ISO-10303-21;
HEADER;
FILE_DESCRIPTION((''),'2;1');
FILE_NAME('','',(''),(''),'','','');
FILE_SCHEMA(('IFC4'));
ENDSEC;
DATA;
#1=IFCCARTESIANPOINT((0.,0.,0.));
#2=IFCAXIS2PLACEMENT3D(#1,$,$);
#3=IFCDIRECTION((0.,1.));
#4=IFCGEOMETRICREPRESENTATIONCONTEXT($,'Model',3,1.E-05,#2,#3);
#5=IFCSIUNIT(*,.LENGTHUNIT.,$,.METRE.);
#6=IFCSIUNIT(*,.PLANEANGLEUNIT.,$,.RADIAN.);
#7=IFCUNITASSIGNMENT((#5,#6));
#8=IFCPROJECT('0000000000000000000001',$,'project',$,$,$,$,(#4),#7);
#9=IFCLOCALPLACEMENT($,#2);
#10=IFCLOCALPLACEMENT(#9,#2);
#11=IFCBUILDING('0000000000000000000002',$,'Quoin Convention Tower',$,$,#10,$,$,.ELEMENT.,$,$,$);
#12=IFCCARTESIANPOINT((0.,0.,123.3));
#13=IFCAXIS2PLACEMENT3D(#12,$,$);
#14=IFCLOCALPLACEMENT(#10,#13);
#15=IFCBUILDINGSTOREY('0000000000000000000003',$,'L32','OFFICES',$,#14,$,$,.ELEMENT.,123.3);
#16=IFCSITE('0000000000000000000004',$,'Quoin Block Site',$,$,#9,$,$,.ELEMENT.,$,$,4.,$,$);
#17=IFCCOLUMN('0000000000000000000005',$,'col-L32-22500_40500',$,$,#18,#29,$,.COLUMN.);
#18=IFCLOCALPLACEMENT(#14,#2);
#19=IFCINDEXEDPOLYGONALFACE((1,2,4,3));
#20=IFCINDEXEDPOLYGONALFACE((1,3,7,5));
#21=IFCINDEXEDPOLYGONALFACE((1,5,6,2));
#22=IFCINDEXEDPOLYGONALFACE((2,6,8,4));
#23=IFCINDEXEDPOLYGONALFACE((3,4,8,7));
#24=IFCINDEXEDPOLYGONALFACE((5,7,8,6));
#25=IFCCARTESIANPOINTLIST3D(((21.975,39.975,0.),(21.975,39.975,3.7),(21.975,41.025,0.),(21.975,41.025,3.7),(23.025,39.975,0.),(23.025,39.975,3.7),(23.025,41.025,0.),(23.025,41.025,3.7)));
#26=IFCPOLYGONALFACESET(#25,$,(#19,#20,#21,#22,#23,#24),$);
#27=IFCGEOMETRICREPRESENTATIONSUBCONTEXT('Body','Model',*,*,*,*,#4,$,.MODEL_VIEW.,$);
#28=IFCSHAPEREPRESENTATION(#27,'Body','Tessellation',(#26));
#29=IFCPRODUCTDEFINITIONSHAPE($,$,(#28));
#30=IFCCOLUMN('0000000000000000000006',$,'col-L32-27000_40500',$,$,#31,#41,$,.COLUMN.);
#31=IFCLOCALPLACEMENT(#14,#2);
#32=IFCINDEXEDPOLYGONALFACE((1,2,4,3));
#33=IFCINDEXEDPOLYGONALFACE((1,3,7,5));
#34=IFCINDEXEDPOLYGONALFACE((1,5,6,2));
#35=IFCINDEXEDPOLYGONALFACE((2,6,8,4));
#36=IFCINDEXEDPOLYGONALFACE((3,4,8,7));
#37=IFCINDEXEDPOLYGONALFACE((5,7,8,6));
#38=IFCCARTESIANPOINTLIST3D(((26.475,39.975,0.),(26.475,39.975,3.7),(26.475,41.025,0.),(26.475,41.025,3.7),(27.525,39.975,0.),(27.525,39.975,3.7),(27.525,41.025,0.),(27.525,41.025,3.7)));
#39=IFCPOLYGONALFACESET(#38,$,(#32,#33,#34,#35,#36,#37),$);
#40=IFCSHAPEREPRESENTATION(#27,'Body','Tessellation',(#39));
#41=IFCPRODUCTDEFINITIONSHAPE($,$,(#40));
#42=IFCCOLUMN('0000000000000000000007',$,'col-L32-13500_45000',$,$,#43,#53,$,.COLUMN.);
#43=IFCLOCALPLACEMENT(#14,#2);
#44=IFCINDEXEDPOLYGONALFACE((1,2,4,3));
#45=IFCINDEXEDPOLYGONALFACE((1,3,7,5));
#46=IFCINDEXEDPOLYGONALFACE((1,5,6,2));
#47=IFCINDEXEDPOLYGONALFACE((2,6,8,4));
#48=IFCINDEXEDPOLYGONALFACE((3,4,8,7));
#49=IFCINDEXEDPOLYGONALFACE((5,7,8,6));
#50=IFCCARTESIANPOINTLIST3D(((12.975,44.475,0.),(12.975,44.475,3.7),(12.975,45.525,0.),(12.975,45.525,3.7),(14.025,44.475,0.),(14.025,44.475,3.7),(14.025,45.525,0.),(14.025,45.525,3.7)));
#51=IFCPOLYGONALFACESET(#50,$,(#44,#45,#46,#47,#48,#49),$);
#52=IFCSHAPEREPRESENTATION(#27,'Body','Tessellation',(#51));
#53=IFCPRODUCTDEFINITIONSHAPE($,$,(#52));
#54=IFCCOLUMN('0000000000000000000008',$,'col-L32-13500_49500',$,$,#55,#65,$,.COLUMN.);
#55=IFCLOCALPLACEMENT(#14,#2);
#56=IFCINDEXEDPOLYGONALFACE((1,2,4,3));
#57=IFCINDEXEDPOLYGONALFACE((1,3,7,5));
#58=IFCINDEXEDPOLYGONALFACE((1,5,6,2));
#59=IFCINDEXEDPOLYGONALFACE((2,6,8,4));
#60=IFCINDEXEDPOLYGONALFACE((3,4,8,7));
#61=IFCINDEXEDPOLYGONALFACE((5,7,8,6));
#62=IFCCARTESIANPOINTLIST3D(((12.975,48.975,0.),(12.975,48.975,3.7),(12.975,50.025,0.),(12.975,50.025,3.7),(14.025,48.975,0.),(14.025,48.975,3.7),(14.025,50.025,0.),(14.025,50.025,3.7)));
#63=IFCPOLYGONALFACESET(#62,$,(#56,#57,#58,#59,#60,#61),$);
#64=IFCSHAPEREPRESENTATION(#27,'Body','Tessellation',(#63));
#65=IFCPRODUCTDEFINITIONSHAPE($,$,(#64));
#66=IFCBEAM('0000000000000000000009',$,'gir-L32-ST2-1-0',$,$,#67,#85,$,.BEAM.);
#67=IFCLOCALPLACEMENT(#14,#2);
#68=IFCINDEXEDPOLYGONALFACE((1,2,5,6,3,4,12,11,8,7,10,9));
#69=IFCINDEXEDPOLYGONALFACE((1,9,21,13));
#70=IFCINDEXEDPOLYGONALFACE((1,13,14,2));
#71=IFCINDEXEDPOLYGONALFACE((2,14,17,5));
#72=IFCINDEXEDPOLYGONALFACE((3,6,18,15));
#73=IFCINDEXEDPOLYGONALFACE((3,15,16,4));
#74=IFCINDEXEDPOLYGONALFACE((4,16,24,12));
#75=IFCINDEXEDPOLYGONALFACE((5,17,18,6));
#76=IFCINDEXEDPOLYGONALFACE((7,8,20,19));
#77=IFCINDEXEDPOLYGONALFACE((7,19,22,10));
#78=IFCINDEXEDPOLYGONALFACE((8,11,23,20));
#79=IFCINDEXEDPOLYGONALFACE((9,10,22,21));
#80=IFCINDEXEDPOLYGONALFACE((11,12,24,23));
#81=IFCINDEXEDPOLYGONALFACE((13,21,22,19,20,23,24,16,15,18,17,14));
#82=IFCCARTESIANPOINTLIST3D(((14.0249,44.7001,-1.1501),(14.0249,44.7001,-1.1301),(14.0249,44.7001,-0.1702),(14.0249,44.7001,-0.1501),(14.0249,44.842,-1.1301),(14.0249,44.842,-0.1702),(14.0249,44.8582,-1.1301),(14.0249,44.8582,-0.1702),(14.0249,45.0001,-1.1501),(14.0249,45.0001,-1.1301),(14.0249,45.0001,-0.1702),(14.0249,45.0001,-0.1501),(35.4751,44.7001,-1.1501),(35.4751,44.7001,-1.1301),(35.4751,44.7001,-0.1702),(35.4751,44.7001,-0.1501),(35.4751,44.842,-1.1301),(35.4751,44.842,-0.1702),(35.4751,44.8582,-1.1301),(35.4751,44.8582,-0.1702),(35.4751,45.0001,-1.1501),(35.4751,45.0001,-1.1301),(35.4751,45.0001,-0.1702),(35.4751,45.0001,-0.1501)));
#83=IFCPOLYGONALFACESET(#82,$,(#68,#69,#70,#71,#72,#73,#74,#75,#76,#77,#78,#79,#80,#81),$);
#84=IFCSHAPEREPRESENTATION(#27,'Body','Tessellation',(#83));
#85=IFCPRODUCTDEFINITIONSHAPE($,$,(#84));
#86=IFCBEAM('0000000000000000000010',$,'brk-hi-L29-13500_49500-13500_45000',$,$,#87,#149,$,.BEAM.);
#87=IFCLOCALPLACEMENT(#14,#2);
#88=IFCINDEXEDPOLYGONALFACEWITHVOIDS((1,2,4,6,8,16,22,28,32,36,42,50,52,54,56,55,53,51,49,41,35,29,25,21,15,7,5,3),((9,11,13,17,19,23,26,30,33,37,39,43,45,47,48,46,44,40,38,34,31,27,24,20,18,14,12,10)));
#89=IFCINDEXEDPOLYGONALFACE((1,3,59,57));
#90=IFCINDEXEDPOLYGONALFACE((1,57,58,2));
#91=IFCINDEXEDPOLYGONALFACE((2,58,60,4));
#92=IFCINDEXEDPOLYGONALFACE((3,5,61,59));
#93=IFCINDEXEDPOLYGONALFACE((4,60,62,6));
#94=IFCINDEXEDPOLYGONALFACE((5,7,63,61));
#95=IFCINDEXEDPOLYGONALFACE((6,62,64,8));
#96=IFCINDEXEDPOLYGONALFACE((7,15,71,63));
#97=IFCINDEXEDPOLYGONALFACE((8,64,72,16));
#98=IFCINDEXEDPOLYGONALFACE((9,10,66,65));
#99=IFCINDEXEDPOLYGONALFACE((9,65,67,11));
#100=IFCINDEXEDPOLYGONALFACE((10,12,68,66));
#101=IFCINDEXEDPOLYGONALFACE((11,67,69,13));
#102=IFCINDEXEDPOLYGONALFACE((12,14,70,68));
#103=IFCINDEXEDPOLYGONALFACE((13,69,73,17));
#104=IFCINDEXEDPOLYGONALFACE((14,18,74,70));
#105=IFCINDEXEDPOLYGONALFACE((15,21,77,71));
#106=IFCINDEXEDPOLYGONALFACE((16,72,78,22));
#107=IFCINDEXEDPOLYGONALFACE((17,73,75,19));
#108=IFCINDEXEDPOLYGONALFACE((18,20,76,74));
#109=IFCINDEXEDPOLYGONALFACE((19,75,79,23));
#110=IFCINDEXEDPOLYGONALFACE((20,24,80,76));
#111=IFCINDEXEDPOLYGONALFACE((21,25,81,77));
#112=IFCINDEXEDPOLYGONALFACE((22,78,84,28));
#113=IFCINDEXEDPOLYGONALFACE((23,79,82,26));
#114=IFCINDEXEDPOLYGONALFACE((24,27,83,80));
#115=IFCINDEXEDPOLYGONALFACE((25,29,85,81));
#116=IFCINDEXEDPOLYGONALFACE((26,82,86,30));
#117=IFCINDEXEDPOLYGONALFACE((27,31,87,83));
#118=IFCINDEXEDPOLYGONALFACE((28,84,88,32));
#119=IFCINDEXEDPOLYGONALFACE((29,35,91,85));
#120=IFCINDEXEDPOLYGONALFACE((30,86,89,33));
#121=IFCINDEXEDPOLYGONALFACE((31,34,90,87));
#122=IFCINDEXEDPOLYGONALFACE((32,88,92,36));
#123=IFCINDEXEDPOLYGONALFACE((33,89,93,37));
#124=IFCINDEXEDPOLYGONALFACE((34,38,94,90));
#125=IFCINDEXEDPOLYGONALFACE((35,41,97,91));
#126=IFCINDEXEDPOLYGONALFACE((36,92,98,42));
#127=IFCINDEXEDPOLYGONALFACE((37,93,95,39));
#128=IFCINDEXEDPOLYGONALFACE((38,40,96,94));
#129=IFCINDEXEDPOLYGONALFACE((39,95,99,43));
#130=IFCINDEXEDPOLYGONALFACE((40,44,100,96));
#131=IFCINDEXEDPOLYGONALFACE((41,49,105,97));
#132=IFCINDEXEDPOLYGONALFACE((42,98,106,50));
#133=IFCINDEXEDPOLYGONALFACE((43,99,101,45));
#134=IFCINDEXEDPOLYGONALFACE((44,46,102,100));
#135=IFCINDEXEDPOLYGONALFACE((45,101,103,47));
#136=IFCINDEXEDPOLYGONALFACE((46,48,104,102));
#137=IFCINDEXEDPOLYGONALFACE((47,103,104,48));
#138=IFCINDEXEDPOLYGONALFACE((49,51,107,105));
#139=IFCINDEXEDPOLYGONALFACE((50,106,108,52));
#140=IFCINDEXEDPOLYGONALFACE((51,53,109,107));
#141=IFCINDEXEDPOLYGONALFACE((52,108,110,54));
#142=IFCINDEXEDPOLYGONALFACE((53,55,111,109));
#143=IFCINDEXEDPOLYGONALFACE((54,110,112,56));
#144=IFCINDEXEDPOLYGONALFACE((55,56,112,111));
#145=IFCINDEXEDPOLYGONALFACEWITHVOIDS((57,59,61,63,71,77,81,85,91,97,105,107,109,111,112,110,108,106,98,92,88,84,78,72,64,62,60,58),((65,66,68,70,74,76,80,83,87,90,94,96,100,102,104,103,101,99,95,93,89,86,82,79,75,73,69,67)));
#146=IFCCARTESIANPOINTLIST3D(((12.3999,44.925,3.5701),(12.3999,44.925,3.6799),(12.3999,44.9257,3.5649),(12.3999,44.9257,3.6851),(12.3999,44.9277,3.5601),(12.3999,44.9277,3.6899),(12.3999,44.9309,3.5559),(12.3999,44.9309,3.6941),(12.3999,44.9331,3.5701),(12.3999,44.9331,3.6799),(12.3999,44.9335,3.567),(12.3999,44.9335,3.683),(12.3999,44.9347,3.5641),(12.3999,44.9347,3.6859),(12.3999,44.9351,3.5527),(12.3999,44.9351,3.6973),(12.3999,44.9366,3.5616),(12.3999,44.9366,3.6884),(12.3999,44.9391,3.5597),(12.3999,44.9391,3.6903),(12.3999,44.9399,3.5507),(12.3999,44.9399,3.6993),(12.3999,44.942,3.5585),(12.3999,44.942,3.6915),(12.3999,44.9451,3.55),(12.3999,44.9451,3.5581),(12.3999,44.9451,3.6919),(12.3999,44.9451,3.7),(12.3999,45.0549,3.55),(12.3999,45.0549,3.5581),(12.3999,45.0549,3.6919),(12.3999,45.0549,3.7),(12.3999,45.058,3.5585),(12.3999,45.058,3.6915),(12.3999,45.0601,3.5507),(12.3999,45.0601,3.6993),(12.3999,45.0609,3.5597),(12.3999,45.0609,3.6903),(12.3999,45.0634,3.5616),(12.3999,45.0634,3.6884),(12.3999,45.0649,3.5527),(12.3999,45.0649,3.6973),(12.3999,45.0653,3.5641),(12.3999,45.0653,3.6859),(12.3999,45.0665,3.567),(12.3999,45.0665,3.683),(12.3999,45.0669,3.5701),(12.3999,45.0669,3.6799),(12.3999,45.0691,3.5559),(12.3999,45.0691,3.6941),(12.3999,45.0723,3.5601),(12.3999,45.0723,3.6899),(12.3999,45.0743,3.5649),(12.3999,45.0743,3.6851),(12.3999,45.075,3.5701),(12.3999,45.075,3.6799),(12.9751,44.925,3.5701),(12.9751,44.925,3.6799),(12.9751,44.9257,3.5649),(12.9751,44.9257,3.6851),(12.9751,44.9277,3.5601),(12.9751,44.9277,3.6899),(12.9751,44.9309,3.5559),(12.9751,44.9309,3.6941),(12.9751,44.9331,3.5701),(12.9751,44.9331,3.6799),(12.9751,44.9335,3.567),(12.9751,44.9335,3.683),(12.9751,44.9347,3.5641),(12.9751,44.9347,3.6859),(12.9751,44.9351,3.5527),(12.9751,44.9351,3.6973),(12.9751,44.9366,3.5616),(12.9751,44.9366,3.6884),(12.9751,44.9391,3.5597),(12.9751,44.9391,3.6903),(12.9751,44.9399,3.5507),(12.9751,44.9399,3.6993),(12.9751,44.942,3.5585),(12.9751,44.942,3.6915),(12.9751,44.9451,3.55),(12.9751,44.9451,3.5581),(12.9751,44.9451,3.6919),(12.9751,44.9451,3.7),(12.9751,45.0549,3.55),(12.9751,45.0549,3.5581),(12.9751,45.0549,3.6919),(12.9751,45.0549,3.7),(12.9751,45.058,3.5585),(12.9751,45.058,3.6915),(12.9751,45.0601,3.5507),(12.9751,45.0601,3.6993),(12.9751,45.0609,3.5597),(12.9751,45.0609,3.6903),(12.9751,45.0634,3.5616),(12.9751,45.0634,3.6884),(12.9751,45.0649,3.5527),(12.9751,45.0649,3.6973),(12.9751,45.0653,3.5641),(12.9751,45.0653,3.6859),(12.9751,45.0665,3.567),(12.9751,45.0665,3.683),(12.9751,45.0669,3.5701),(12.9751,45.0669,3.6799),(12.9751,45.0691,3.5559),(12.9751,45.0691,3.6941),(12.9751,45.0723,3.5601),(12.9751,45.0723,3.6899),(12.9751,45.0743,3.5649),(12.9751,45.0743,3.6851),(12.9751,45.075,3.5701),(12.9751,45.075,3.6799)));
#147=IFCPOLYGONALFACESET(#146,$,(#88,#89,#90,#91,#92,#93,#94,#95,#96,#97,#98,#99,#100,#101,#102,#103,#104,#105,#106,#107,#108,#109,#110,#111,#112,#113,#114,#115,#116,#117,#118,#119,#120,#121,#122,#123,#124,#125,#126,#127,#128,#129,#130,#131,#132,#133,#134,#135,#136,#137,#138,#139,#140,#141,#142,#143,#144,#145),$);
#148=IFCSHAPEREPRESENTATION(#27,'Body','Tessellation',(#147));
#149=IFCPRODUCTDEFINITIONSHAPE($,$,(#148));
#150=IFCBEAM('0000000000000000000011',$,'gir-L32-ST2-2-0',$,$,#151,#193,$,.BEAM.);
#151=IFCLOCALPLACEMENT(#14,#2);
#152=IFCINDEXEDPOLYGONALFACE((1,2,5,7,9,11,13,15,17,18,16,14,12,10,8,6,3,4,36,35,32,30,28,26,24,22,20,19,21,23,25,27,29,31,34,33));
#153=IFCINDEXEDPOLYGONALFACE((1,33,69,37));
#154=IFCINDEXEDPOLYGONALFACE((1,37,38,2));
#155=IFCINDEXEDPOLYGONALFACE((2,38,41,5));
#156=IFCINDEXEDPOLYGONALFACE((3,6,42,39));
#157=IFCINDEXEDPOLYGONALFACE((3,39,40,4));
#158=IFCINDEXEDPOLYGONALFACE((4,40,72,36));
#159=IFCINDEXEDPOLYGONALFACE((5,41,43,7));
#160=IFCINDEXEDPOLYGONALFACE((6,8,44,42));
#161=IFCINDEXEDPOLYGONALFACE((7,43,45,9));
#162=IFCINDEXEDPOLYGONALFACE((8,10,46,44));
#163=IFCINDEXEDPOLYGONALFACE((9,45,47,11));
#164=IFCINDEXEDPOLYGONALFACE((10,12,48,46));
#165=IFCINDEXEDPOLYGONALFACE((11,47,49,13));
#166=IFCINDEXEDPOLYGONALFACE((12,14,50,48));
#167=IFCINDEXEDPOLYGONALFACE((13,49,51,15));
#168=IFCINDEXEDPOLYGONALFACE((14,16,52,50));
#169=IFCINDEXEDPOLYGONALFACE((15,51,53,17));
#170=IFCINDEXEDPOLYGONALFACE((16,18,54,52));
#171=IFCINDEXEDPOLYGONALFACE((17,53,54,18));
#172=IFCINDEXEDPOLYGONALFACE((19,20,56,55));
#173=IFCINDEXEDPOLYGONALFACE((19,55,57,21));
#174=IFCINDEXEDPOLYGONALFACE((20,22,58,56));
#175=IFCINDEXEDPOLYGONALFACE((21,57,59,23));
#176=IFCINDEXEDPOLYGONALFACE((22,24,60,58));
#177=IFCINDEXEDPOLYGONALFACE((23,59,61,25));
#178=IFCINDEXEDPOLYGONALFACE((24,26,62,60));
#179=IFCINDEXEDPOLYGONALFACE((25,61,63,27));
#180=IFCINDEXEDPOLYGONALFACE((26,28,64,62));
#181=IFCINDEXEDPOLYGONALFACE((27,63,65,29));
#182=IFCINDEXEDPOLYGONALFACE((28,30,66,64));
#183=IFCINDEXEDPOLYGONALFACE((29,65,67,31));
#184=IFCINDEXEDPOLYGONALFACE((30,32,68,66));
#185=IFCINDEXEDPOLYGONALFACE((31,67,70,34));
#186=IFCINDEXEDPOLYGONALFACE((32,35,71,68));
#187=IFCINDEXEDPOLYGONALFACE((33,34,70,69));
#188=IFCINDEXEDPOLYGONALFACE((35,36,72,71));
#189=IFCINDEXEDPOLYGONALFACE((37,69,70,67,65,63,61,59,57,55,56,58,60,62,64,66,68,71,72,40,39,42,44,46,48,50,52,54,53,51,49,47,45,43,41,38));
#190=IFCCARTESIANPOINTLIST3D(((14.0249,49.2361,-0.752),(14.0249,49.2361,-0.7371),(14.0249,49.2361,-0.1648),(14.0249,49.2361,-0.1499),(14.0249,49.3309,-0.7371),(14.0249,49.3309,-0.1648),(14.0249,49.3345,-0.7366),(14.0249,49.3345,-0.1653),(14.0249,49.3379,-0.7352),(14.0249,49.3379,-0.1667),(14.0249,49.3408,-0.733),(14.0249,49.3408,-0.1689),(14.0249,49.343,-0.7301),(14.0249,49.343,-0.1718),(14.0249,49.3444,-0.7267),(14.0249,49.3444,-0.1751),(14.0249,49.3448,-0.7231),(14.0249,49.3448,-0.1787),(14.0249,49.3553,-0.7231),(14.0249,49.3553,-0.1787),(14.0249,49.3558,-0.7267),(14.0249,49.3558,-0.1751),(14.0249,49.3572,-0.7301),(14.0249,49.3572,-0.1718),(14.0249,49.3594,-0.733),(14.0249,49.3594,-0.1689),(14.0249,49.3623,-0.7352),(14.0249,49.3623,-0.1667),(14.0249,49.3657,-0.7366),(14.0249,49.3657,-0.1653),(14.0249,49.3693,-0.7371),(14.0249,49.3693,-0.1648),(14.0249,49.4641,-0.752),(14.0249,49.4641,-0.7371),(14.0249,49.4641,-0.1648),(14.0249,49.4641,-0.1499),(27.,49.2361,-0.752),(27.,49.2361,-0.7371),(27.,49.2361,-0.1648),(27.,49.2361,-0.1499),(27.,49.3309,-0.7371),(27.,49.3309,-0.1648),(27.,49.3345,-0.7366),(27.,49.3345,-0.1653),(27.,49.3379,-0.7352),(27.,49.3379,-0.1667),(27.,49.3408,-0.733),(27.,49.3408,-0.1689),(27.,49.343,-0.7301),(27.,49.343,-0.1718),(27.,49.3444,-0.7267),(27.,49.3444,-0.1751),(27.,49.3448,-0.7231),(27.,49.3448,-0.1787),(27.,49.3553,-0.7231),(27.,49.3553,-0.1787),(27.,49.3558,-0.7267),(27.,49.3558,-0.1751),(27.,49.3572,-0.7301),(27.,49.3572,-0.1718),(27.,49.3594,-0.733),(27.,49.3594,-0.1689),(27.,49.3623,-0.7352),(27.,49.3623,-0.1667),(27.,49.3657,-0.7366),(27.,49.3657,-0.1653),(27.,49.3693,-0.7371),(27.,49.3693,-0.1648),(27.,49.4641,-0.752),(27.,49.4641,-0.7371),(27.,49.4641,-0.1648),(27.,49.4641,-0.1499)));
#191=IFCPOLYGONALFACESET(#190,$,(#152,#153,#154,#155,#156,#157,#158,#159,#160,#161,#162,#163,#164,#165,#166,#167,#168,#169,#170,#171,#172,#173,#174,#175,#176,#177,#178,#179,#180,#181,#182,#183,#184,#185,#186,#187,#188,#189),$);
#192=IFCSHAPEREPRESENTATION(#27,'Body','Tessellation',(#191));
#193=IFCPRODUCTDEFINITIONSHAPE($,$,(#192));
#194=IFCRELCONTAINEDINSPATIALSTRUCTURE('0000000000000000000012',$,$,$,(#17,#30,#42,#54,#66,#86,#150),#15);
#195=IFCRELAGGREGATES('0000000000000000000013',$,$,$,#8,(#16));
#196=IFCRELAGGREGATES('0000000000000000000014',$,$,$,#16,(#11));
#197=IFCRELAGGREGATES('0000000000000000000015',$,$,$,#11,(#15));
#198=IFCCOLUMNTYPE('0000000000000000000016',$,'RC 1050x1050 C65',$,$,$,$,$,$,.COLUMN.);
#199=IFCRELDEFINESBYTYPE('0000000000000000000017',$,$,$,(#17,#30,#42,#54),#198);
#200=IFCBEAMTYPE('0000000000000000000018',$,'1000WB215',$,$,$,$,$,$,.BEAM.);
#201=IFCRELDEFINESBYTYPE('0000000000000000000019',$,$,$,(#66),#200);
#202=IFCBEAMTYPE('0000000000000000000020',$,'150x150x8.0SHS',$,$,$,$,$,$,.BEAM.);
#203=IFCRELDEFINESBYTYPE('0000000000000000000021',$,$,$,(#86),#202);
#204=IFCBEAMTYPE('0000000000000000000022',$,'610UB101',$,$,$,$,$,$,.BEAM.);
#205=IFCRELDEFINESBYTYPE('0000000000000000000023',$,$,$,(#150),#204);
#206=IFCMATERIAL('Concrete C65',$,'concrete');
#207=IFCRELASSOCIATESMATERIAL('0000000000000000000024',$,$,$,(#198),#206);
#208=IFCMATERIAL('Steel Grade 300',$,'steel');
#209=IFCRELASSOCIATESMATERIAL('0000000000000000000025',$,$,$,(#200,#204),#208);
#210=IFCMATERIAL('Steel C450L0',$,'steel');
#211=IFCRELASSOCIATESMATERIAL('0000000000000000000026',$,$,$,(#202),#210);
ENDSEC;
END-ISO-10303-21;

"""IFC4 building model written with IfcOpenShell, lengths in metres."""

from ifc_helpers import new_model, si_unit, direction, frame, origin, origin_2d, place, context, subcontext, project, spatial, rectangle, hollow_rectangle, i_section, extrude, material, material_profile, profile_set, type_object, element, save


model = new_model("IFC4")

# Units and contexts
model_context = context("Model", 3, precision=1e-05, world=origin(), true_north=direction((0.0, 1.0)))
body_context = subcontext(model_context, "Body", "Model", "MODEL_VIEW")
ifc_project = project(units=[si_unit("LENGTHUNIT", "METRE"), si_unit("PLANEANGLEUNIT", "RADIAN")], contexts=[model_context])

# Site, building, storey
site_placement = place(None, origin())
site = spatial("IfcSite", under=ifc_project, at=site_placement, Name="Quoin Block Site", CompositionType="ELEMENT", RefElevation=4.0)
building_placement = place(site_placement, origin())
building = spatial("IfcBuilding", under=site, at=building_placement, Name="Quoin Convention Tower", CompositionType="ELEMENT")
storey_placement = place(building_placement, frame((0.0, 0.0, 123.3)))
storey = spatial("IfcBuildingStorey", under=building, at=storey_placement, Name="L32", Description="OFFICES", CompositionType="ELEMENT", Elevation=123.3)

# Columns
ifc_material_1 = material(Name="Concrete C65", Category="concrete")
ifc_material_profile_1 = material_profile(ifc_material_1, rectangle(XDim=1.05, YDim=1.05, at=origin_2d()), Name="RC 1050x1050")
ifc_profile_set_1 = profile_set([ifc_material_profile_1], Name="Concrete C65")
column_type = type_object("IfcColumnType", Name="RC 1050x1050 C65", PredefinedType="COLUMN", material=ifc_profile_set_1)
for number, where, z_axis, x_axis, name in (
    (1, (22.5, 40.5, 0.0), (0.0, 0.0, 1.0), (1.0, 0.0, 0.0), "col-L32-22500_40500"),
    (2, (27.0, 40.5, 0.0), (0.0, 0.0, 1.0), (1.0, 0.0, 0.0), "col-L32-27000_40500"),
    (3, (13.5, 45.0, 0.0), (0.0, 0.0, 1.0), (1.0, 0.0, 0.0), "col-L32-13500_45000"),
    (4, (13.5, 49.5, 0.0), (0.0, 0.0, 1.0), (1.0, 0.0, 0.0), "col-L32-13500_49500"),
):
    element("IfcColumn", number, at=place(storey_placement, frame(where, z_axis=z_axis, x_axis=x_axis)), inside=storey, type_object=column_type, Name=name, PredefinedType="COLUMN", context=body_context, shape_type="SweptSolid", body=[
        extrude(rectangle(XDim=1.05, YDim=1.05, at=origin_2d()), origin(), (0.0, 0.0, 1.0), 3.7),
    ])

# Beams
ifc_material_2 = material(Name="Steel Grade 300", Category="steel")
ifc_material_profile_2 = material_profile(ifc_material_2, i_section(OverallWidth=0.3, OverallDepth=1.0, WebThickness=0.0161, FlangeThickness=0.02, at=origin_2d()), Name="1000WB215")
ifc_profile_set_2 = profile_set([ifc_material_profile_2], Name="Steel Grade 300")
beam_type_1 = type_object("IfcBeamType", Name="1000WB215", PredefinedType="BEAM", material=ifc_profile_set_2)
beam_1_placement = place(storey_placement, frame((14.0249, 44.8501, -0.6501), z_axis=(1.0, 0.0, 0.0), x_axis=(0.0, 1.0, 0.0)))
element("IfcBeam", 5, at=beam_1_placement, inside=storey, type_object=beam_type_1, Name="gir-L32-ST2-1-0", PredefinedType="BEAM", context=body_context, shape_type="SweptSolid", body=[
    extrude(i_section(OverallWidth=0.3, OverallDepth=1.0, WebThickness=0.0161, FlangeThickness=0.02, at=origin_2d()), origin(), (0.0, 0.0, 1.0), 21.4502),
])
ifc_material_3 = material(Name="Steel C450L0", Category="steel")
ifc_material_profile_3 = material_profile(ifc_material_3, hollow_rectangle(XDim=0.1499, YDim=0.1499, WallThickness=0.0081, InnerFilletRadius=0.012, OuterFilletRadius=0.02, at=origin_2d()), Name="150x150x8.0SHS")
ifc_profile_set_3 = profile_set([ifc_material_profile_3], Name="Steel C450L0")
beam_type_2 = type_object("IfcBeamType", Name="150x150x8.0SHS", PredefinedType="BEAM", material=ifc_profile_set_3)
beam_2_placement = place(storey_placement, frame((12.9751, 45.0, 3.625), z_axis=(-1.0, 0.0, 0.0), x_axis=(0.0, -1.0, 0.0)))
element("IfcBeam", 6, at=beam_2_placement, inside=storey, type_object=beam_type_2, Name="brk-hi-L29-13500_49500-13500_45000", PredefinedType="BEAM", context=body_context, shape_type="SweptSolid", body=[
    extrude(hollow_rectangle(XDim=0.1499, YDim=0.1499, WallThickness=0.0081, InnerFilletRadius=0.012, OuterFilletRadius=0.02, at=origin_2d()), origin(), (0.0, 0.0, 1.0), 0.5752),
])
ifc_material_profile_4 = material_profile(ifc_material_2, i_section(OverallWidth=0.228, OverallDepth=0.6021, WebThickness=0.0105, FlangeThickness=0.0149, FilletRadius=0.0139, at=origin_2d()), Name="610UB101")
ifc_profile_set_4 = profile_set([ifc_material_profile_4], Name="Steel Grade 300")
beam_type_3 = type_object("IfcBeamType", Name="610UB101", PredefinedType="BEAM", material=ifc_profile_set_4)
beam_3_placement = place(storey_placement, frame((14.0249, 49.3501, -0.4509), z_axis=(1.0, 0.0, 0.0), x_axis=(0.0, 1.0, 0.0)))
element("IfcBeam", 7, at=beam_3_placement, inside=storey, type_object=beam_type_3, Name="gir-L32-ST2-2-0", PredefinedType="BEAM", context=body_context, shape_type="SweptSolid", body=[
    extrude(i_section(OverallWidth=0.228, OverallDepth=0.6021, WebThickness=0.0105, FlangeThickness=0.0149, FilletRadius=0.0139, at=origin_2d()), origin(), (0.0, 0.0, 1.0), 12.9751),
])

save(model, "model.ifc")
